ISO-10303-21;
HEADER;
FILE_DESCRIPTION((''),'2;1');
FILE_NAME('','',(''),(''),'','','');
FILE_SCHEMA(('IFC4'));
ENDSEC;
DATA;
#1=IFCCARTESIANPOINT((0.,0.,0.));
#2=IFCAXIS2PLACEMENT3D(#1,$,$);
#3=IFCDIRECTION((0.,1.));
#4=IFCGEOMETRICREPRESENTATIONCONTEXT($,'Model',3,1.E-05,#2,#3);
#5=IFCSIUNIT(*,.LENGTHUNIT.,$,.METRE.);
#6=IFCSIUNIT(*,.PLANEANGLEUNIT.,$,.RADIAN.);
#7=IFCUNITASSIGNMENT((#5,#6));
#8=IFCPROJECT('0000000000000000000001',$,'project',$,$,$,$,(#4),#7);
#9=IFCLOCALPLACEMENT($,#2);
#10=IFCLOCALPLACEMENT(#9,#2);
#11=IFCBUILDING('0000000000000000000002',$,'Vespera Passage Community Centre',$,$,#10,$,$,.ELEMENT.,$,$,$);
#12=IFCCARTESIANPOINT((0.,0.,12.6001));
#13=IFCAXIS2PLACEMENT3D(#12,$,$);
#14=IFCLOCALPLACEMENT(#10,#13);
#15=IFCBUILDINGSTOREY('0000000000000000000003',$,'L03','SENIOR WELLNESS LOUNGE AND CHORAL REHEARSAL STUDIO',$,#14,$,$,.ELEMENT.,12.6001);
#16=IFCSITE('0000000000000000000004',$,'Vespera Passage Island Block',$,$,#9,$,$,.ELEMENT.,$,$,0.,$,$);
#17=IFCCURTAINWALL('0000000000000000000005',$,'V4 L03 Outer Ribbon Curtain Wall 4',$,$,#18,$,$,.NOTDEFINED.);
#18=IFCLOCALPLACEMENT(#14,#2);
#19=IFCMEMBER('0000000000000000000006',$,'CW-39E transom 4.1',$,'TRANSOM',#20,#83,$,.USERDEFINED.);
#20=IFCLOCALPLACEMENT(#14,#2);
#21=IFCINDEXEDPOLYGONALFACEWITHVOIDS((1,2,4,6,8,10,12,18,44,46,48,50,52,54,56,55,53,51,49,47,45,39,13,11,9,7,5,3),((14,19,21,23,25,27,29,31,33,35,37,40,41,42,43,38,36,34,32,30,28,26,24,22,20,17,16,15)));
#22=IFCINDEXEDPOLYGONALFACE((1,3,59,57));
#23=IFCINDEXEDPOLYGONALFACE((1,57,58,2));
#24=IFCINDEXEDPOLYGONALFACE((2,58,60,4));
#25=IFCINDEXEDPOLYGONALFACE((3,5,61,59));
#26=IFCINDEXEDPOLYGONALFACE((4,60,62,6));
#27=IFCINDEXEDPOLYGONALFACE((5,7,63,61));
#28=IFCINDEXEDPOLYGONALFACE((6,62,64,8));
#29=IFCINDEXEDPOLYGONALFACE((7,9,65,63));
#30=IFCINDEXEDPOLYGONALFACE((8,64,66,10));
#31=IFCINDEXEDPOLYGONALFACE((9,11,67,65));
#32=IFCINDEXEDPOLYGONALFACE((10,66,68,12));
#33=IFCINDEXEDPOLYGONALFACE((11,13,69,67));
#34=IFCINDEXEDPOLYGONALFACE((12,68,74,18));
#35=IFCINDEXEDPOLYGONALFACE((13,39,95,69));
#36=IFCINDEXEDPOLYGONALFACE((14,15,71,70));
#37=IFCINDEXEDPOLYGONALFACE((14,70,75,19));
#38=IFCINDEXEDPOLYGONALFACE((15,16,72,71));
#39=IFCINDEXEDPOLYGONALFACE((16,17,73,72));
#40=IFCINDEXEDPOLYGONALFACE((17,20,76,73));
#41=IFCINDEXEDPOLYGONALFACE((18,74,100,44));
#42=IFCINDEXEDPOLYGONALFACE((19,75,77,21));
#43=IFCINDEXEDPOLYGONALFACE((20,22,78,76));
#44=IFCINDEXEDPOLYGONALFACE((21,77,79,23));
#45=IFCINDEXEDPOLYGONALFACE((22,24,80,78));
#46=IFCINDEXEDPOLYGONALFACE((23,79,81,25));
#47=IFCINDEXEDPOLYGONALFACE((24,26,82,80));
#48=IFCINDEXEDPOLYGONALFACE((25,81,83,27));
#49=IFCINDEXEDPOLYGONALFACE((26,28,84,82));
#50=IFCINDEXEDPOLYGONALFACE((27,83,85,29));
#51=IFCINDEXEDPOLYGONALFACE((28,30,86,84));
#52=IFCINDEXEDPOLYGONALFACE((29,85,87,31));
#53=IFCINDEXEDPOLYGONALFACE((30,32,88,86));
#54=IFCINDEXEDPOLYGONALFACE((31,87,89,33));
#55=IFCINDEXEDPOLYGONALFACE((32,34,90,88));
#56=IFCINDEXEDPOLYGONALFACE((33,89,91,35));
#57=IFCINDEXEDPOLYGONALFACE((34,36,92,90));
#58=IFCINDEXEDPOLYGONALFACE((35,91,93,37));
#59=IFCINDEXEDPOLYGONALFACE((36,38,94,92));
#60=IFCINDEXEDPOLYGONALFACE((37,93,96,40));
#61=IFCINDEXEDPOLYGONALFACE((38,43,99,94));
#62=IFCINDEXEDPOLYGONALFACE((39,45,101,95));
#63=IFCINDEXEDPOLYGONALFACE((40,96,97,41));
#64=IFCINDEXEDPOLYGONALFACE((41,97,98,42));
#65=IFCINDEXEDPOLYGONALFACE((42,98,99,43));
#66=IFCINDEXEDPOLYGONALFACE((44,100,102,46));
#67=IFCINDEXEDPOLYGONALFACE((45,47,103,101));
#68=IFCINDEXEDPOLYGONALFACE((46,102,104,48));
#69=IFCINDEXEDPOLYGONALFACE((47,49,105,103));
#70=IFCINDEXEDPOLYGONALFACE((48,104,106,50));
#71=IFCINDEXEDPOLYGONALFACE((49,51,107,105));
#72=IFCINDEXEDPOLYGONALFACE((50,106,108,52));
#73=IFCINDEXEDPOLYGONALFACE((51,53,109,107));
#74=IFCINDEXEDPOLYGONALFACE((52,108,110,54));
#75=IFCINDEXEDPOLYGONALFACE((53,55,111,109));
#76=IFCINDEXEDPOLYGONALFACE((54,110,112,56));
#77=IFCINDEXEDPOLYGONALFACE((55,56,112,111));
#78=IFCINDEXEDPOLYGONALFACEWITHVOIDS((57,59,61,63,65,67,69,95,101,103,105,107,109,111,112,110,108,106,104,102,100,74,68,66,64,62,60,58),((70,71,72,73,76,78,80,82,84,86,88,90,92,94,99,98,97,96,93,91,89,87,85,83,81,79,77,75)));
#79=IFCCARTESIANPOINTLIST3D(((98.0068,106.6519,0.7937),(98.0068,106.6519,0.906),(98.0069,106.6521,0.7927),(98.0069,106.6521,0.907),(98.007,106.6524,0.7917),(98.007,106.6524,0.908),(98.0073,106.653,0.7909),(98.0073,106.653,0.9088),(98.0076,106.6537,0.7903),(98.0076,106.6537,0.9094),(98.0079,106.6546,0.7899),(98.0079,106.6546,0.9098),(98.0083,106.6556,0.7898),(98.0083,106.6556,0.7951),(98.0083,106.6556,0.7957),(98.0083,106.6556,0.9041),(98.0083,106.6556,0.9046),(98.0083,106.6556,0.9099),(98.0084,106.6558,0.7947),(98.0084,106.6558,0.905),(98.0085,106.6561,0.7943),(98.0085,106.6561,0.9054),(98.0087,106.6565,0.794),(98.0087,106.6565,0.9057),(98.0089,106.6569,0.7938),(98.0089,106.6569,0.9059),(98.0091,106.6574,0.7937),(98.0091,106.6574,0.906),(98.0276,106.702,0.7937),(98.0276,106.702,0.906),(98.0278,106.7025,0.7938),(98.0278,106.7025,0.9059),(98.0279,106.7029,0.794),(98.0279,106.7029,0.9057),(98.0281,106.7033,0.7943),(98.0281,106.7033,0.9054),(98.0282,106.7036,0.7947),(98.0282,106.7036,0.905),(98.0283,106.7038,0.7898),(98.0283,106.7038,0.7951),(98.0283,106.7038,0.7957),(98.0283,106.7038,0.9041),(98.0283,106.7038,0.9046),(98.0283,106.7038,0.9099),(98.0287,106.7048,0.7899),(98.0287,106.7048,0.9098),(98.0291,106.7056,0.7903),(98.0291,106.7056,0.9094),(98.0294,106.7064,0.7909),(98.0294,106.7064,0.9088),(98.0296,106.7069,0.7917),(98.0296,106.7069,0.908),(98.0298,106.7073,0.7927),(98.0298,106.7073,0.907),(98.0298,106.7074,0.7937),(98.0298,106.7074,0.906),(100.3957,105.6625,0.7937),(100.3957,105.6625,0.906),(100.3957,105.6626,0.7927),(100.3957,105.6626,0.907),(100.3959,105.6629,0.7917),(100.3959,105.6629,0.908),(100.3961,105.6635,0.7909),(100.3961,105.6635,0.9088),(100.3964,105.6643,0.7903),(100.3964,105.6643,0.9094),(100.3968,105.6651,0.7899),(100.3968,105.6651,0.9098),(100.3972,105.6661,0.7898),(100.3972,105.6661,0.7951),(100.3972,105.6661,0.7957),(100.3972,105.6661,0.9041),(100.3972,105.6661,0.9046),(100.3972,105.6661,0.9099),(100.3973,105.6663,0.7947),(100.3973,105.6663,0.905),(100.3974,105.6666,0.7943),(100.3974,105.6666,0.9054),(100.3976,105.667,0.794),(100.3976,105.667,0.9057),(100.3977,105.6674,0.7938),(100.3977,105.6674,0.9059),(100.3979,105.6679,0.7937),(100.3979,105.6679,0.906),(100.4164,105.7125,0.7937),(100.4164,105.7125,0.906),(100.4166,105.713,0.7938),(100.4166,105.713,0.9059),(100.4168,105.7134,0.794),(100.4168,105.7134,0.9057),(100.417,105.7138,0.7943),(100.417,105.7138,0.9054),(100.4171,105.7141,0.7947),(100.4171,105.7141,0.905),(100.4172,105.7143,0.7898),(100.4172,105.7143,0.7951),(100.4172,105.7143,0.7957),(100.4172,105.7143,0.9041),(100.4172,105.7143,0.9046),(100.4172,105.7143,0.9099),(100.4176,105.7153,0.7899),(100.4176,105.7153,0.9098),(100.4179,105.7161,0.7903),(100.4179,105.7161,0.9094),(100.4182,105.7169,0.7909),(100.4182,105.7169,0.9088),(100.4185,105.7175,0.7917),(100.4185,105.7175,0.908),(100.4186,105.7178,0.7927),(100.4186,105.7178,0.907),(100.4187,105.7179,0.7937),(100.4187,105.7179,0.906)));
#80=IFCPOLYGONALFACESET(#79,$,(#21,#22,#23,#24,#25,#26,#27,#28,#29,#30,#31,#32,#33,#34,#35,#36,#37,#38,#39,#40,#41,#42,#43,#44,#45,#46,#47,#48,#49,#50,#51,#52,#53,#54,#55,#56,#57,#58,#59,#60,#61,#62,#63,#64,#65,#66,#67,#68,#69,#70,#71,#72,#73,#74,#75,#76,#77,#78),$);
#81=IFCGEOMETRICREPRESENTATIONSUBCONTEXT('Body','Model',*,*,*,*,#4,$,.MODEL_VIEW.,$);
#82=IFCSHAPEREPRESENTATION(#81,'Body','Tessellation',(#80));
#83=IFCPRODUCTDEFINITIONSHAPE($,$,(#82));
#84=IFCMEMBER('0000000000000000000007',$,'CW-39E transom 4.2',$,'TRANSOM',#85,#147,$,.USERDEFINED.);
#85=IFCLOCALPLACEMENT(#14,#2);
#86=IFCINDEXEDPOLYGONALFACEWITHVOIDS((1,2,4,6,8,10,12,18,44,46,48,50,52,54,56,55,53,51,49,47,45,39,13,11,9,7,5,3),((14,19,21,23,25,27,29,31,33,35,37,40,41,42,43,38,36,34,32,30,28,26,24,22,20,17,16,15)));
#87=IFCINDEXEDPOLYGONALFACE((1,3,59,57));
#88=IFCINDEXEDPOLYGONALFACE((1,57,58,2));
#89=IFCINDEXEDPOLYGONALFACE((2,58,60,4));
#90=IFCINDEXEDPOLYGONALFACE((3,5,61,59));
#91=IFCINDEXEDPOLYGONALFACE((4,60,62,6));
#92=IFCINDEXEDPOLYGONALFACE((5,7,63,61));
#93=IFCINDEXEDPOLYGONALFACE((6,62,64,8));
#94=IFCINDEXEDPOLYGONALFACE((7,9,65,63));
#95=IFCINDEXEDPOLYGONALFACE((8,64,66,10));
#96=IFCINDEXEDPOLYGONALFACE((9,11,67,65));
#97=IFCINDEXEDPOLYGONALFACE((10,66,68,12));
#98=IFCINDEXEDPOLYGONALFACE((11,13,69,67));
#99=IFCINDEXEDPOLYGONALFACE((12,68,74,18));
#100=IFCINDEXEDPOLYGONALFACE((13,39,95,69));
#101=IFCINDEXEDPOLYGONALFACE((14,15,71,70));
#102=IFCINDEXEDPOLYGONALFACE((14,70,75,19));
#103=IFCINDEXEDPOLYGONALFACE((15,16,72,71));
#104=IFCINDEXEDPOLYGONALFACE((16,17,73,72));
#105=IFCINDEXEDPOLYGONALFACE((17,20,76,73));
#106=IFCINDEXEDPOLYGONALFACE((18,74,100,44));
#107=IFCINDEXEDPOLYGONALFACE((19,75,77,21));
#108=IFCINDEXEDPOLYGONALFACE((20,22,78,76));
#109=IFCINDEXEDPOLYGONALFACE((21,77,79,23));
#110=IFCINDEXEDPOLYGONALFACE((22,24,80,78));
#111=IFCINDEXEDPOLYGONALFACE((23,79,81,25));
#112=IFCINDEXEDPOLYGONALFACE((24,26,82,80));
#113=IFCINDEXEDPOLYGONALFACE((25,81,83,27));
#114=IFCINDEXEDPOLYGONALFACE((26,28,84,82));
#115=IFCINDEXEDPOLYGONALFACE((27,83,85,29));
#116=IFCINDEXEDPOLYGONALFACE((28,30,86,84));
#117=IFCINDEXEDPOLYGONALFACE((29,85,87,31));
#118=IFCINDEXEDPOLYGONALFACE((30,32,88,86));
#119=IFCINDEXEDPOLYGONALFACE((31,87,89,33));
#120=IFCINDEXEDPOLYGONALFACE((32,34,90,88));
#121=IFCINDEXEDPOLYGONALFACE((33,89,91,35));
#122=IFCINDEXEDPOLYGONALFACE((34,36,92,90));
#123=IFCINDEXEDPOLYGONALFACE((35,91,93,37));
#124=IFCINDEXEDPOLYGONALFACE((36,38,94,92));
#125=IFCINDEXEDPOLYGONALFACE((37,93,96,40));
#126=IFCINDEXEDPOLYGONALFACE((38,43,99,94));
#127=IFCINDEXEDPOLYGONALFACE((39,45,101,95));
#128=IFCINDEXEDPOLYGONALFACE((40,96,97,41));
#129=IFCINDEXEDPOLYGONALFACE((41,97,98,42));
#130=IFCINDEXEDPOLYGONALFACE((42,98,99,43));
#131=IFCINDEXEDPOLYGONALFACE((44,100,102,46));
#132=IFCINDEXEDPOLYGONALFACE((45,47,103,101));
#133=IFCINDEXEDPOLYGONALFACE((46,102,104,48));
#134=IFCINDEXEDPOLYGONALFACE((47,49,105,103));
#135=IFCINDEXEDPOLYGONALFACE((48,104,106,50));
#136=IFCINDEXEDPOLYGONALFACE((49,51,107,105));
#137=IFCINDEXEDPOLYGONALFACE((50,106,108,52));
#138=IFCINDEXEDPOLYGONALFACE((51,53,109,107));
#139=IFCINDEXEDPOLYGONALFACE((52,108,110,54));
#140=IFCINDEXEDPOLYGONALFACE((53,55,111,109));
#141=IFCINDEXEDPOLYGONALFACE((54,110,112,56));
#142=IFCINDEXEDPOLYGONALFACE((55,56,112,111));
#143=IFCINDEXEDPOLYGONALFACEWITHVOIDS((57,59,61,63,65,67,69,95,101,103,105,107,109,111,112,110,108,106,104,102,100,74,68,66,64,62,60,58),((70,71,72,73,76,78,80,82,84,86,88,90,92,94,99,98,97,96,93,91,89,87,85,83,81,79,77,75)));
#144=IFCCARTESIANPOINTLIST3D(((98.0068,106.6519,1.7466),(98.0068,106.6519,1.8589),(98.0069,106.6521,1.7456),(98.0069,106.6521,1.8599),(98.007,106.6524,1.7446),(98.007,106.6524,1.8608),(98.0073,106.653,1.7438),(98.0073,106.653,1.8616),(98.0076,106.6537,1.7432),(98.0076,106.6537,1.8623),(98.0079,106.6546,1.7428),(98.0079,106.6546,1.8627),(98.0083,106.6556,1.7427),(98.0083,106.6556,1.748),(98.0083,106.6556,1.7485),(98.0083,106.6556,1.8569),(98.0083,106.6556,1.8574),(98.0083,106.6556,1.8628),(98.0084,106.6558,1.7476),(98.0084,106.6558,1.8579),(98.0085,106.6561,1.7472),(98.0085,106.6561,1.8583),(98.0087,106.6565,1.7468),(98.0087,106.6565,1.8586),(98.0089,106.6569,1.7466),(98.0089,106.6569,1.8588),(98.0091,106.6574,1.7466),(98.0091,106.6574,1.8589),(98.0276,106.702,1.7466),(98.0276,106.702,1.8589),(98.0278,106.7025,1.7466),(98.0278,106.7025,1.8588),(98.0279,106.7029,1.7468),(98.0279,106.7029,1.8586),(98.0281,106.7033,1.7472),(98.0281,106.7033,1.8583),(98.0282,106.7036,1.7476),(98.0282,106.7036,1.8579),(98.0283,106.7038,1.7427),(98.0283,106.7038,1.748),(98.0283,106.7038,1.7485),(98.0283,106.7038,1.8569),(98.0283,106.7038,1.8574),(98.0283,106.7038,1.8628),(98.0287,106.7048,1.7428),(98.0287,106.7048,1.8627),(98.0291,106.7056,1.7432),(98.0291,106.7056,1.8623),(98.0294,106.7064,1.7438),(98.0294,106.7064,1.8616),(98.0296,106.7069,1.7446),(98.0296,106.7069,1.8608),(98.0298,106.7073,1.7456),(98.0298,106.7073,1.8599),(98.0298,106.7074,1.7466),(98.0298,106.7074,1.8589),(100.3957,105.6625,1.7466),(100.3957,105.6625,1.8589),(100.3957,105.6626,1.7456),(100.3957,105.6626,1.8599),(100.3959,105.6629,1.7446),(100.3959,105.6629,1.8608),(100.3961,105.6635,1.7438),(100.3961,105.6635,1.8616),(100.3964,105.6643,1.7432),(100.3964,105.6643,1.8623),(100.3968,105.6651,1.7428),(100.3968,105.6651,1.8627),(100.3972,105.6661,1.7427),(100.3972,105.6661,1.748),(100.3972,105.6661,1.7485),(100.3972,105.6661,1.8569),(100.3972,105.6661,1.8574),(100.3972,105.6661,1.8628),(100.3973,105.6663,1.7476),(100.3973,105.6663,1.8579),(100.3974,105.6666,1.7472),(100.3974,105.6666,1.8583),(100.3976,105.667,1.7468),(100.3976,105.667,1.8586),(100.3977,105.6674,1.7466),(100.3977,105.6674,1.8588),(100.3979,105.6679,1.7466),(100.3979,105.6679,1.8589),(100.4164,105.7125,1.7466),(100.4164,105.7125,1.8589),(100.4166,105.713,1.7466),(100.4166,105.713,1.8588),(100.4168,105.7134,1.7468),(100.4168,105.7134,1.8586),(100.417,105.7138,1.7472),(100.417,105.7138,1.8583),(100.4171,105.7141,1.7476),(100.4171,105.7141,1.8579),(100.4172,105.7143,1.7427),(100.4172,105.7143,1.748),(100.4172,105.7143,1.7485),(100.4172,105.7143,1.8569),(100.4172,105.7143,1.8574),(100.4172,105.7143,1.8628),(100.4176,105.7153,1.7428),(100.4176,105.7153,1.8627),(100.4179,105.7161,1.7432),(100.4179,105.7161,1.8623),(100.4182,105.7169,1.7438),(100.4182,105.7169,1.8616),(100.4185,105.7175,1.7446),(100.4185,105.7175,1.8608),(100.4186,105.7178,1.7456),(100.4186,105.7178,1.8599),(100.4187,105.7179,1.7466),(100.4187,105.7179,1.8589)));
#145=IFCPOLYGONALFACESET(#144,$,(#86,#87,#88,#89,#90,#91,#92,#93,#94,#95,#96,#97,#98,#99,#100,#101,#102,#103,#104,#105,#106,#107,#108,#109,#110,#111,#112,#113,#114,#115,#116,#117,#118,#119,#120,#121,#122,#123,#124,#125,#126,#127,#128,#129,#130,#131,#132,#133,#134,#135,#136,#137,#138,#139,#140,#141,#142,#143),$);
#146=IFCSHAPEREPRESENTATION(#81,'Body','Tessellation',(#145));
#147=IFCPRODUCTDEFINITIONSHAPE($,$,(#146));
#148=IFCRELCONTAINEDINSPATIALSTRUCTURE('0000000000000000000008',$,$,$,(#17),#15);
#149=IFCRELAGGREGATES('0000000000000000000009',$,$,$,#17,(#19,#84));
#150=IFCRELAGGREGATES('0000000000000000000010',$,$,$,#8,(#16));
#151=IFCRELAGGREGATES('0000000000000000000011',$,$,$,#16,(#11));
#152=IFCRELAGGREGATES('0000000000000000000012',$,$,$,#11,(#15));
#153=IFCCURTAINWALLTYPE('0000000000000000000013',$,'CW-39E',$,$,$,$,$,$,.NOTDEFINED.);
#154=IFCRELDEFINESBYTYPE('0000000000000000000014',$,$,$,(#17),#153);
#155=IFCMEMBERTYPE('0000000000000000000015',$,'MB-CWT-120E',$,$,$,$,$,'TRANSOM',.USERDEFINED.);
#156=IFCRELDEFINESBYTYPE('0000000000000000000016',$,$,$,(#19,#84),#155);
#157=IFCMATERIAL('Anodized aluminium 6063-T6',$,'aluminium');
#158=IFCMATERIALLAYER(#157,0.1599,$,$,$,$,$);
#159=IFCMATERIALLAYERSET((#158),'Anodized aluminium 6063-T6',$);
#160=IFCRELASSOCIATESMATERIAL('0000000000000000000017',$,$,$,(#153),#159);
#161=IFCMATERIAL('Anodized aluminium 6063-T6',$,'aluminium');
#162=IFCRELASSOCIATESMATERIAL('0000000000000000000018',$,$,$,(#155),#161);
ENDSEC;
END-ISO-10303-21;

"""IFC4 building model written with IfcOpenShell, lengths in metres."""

from ifc_helpers import new_model, si_unit, direction, frame, origin, origin_2d, place, context, subcontext, project, spatial, hollow_rectangle, extrude, material, layer, layer_set, material_profile, profile_set, type_object, element, aggregate, save


model = new_model("IFC4")

# Units and contexts
model_context = context("Model", 3, precision=1e-05, world=origin(), true_north=direction((0.0, 1.0)))
body_context = subcontext(model_context, "Body", "Model", "MODEL_VIEW")
ifc_project = project(units=[si_unit("LENGTHUNIT", "METRE"), si_unit("PLANEANGLEUNIT", "RADIAN")], contexts=[model_context])

# Site, building, storey
site_placement = place(None, origin())
site = spatial("IfcSite", under=ifc_project, at=site_placement, Name="Vespera Passage Island Block", CompositionType="ELEMENT", RefElevation=0.0)
building_placement = place(site_placement, origin())
building = spatial("IfcBuilding", under=site, at=building_placement, Name="Vespera Passage Community Centre", CompositionType="ELEMENT")
storey_placement = place(building_placement, frame((0.0, 0.0, 12.6001)))
storey = spatial("IfcBuildingStorey", under=building, at=storey_placement, Name="L03", Description="SENIOR WELLNESS LOUNGE AND CHORAL REHEARSAL STUDIO", CompositionType="ELEMENT", Elevation=12.6001)

# Curtain wall
ifc_material_1 = material(Name="Anodized aluminium 6063-T6", Category="aluminium")
ifc_layer_1 = layer(ifc_material_1, 0.1599)
ifc_layer_set_1 = layer_set([ifc_layer_1], Name="Anodized aluminium 6063-T6")
curtain_wall_type_1 = type_object("IfcCurtainWallType", Name="CW-39E", PredefinedType="NOTDEFINED", material=ifc_layer_set_1)
curtain_wall_1_placement = place(storey_placement, origin())
curtain_wall_1 = element("IfcCurtainWall", 1, at=curtain_wall_1_placement, inside=storey, type_object=curtain_wall_type_1, Name="V4 L03 Outer Ribbon Curtain Wall 4", PredefinedType="NOTDEFINED")

# Members
ifc_material_2 = material(Name="Anodized aluminium 6063-T6", Category="aluminium")
ifc_material_profile_1 = material_profile(ifc_material_2, hollow_rectangle(XDim=0.0601, YDim=0.1201, WallThickness=0.0039, InnerFilletRadius=0.002, OuterFilletRadius=0.0039, at=origin_2d()), Name="ALU120X60X4")
ifc_profile_set_1 = profile_set([ifc_material_profile_1], Name="Anodized aluminium 6063-T6")
member_type_1 = type_object("IfcMemberType", Name="MB-CWT-120E", ElementType="TRANSOM", PredefinedType="USERDEFINED", material=ifc_profile_set_1)
member_1_placement = place(storey_placement, frame((98.0183, 106.6797, 0.8499), z_axis=(0.923882, -0.382677, 0.0), x_axis=(0.382677, 0.923882, 0.0)))
member_1 = element("IfcMember", 2, at=member_1_placement, type_object=member_type_1, Name="CW-39E transom 4.1", ObjectType="TRANSOM", PredefinedType="USERDEFINED", context=body_context, shape_type="SweptSolid", body=[
    extrude(hollow_rectangle(XDim=0.0601, YDim=0.1201, WallThickness=0.0039, InnerFilletRadius=0.002, OuterFilletRadius=0.0039, at=origin_2d()), origin(), (0.0, 0.0, 1.0), 2.5857),
])
member_2_placement = place(storey_placement, frame((98.0183, 106.6797, 1.8027), z_axis=(0.923882, -0.382677, 0.0), x_axis=(0.382677, 0.923882, 0.0)))
member_2 = element("IfcMember", 3, at=member_2_placement, type_object=member_type_1, Name="CW-39E transom 4.2", ObjectType="TRANSOM", PredefinedType="USERDEFINED", context=body_context, shape_type="SweptSolid", body=[
    extrude(hollow_rectangle(XDim=0.0601, YDim=0.1201, WallThickness=0.0039, InnerFilletRadius=0.002, OuterFilletRadius=0.0039, at=origin_2d()), origin(), (0.0, 0.0, 1.0), 2.5857),
])

aggregate(curtain_wall_1, [member_1, member_2])

save(model, "model.ifc")
